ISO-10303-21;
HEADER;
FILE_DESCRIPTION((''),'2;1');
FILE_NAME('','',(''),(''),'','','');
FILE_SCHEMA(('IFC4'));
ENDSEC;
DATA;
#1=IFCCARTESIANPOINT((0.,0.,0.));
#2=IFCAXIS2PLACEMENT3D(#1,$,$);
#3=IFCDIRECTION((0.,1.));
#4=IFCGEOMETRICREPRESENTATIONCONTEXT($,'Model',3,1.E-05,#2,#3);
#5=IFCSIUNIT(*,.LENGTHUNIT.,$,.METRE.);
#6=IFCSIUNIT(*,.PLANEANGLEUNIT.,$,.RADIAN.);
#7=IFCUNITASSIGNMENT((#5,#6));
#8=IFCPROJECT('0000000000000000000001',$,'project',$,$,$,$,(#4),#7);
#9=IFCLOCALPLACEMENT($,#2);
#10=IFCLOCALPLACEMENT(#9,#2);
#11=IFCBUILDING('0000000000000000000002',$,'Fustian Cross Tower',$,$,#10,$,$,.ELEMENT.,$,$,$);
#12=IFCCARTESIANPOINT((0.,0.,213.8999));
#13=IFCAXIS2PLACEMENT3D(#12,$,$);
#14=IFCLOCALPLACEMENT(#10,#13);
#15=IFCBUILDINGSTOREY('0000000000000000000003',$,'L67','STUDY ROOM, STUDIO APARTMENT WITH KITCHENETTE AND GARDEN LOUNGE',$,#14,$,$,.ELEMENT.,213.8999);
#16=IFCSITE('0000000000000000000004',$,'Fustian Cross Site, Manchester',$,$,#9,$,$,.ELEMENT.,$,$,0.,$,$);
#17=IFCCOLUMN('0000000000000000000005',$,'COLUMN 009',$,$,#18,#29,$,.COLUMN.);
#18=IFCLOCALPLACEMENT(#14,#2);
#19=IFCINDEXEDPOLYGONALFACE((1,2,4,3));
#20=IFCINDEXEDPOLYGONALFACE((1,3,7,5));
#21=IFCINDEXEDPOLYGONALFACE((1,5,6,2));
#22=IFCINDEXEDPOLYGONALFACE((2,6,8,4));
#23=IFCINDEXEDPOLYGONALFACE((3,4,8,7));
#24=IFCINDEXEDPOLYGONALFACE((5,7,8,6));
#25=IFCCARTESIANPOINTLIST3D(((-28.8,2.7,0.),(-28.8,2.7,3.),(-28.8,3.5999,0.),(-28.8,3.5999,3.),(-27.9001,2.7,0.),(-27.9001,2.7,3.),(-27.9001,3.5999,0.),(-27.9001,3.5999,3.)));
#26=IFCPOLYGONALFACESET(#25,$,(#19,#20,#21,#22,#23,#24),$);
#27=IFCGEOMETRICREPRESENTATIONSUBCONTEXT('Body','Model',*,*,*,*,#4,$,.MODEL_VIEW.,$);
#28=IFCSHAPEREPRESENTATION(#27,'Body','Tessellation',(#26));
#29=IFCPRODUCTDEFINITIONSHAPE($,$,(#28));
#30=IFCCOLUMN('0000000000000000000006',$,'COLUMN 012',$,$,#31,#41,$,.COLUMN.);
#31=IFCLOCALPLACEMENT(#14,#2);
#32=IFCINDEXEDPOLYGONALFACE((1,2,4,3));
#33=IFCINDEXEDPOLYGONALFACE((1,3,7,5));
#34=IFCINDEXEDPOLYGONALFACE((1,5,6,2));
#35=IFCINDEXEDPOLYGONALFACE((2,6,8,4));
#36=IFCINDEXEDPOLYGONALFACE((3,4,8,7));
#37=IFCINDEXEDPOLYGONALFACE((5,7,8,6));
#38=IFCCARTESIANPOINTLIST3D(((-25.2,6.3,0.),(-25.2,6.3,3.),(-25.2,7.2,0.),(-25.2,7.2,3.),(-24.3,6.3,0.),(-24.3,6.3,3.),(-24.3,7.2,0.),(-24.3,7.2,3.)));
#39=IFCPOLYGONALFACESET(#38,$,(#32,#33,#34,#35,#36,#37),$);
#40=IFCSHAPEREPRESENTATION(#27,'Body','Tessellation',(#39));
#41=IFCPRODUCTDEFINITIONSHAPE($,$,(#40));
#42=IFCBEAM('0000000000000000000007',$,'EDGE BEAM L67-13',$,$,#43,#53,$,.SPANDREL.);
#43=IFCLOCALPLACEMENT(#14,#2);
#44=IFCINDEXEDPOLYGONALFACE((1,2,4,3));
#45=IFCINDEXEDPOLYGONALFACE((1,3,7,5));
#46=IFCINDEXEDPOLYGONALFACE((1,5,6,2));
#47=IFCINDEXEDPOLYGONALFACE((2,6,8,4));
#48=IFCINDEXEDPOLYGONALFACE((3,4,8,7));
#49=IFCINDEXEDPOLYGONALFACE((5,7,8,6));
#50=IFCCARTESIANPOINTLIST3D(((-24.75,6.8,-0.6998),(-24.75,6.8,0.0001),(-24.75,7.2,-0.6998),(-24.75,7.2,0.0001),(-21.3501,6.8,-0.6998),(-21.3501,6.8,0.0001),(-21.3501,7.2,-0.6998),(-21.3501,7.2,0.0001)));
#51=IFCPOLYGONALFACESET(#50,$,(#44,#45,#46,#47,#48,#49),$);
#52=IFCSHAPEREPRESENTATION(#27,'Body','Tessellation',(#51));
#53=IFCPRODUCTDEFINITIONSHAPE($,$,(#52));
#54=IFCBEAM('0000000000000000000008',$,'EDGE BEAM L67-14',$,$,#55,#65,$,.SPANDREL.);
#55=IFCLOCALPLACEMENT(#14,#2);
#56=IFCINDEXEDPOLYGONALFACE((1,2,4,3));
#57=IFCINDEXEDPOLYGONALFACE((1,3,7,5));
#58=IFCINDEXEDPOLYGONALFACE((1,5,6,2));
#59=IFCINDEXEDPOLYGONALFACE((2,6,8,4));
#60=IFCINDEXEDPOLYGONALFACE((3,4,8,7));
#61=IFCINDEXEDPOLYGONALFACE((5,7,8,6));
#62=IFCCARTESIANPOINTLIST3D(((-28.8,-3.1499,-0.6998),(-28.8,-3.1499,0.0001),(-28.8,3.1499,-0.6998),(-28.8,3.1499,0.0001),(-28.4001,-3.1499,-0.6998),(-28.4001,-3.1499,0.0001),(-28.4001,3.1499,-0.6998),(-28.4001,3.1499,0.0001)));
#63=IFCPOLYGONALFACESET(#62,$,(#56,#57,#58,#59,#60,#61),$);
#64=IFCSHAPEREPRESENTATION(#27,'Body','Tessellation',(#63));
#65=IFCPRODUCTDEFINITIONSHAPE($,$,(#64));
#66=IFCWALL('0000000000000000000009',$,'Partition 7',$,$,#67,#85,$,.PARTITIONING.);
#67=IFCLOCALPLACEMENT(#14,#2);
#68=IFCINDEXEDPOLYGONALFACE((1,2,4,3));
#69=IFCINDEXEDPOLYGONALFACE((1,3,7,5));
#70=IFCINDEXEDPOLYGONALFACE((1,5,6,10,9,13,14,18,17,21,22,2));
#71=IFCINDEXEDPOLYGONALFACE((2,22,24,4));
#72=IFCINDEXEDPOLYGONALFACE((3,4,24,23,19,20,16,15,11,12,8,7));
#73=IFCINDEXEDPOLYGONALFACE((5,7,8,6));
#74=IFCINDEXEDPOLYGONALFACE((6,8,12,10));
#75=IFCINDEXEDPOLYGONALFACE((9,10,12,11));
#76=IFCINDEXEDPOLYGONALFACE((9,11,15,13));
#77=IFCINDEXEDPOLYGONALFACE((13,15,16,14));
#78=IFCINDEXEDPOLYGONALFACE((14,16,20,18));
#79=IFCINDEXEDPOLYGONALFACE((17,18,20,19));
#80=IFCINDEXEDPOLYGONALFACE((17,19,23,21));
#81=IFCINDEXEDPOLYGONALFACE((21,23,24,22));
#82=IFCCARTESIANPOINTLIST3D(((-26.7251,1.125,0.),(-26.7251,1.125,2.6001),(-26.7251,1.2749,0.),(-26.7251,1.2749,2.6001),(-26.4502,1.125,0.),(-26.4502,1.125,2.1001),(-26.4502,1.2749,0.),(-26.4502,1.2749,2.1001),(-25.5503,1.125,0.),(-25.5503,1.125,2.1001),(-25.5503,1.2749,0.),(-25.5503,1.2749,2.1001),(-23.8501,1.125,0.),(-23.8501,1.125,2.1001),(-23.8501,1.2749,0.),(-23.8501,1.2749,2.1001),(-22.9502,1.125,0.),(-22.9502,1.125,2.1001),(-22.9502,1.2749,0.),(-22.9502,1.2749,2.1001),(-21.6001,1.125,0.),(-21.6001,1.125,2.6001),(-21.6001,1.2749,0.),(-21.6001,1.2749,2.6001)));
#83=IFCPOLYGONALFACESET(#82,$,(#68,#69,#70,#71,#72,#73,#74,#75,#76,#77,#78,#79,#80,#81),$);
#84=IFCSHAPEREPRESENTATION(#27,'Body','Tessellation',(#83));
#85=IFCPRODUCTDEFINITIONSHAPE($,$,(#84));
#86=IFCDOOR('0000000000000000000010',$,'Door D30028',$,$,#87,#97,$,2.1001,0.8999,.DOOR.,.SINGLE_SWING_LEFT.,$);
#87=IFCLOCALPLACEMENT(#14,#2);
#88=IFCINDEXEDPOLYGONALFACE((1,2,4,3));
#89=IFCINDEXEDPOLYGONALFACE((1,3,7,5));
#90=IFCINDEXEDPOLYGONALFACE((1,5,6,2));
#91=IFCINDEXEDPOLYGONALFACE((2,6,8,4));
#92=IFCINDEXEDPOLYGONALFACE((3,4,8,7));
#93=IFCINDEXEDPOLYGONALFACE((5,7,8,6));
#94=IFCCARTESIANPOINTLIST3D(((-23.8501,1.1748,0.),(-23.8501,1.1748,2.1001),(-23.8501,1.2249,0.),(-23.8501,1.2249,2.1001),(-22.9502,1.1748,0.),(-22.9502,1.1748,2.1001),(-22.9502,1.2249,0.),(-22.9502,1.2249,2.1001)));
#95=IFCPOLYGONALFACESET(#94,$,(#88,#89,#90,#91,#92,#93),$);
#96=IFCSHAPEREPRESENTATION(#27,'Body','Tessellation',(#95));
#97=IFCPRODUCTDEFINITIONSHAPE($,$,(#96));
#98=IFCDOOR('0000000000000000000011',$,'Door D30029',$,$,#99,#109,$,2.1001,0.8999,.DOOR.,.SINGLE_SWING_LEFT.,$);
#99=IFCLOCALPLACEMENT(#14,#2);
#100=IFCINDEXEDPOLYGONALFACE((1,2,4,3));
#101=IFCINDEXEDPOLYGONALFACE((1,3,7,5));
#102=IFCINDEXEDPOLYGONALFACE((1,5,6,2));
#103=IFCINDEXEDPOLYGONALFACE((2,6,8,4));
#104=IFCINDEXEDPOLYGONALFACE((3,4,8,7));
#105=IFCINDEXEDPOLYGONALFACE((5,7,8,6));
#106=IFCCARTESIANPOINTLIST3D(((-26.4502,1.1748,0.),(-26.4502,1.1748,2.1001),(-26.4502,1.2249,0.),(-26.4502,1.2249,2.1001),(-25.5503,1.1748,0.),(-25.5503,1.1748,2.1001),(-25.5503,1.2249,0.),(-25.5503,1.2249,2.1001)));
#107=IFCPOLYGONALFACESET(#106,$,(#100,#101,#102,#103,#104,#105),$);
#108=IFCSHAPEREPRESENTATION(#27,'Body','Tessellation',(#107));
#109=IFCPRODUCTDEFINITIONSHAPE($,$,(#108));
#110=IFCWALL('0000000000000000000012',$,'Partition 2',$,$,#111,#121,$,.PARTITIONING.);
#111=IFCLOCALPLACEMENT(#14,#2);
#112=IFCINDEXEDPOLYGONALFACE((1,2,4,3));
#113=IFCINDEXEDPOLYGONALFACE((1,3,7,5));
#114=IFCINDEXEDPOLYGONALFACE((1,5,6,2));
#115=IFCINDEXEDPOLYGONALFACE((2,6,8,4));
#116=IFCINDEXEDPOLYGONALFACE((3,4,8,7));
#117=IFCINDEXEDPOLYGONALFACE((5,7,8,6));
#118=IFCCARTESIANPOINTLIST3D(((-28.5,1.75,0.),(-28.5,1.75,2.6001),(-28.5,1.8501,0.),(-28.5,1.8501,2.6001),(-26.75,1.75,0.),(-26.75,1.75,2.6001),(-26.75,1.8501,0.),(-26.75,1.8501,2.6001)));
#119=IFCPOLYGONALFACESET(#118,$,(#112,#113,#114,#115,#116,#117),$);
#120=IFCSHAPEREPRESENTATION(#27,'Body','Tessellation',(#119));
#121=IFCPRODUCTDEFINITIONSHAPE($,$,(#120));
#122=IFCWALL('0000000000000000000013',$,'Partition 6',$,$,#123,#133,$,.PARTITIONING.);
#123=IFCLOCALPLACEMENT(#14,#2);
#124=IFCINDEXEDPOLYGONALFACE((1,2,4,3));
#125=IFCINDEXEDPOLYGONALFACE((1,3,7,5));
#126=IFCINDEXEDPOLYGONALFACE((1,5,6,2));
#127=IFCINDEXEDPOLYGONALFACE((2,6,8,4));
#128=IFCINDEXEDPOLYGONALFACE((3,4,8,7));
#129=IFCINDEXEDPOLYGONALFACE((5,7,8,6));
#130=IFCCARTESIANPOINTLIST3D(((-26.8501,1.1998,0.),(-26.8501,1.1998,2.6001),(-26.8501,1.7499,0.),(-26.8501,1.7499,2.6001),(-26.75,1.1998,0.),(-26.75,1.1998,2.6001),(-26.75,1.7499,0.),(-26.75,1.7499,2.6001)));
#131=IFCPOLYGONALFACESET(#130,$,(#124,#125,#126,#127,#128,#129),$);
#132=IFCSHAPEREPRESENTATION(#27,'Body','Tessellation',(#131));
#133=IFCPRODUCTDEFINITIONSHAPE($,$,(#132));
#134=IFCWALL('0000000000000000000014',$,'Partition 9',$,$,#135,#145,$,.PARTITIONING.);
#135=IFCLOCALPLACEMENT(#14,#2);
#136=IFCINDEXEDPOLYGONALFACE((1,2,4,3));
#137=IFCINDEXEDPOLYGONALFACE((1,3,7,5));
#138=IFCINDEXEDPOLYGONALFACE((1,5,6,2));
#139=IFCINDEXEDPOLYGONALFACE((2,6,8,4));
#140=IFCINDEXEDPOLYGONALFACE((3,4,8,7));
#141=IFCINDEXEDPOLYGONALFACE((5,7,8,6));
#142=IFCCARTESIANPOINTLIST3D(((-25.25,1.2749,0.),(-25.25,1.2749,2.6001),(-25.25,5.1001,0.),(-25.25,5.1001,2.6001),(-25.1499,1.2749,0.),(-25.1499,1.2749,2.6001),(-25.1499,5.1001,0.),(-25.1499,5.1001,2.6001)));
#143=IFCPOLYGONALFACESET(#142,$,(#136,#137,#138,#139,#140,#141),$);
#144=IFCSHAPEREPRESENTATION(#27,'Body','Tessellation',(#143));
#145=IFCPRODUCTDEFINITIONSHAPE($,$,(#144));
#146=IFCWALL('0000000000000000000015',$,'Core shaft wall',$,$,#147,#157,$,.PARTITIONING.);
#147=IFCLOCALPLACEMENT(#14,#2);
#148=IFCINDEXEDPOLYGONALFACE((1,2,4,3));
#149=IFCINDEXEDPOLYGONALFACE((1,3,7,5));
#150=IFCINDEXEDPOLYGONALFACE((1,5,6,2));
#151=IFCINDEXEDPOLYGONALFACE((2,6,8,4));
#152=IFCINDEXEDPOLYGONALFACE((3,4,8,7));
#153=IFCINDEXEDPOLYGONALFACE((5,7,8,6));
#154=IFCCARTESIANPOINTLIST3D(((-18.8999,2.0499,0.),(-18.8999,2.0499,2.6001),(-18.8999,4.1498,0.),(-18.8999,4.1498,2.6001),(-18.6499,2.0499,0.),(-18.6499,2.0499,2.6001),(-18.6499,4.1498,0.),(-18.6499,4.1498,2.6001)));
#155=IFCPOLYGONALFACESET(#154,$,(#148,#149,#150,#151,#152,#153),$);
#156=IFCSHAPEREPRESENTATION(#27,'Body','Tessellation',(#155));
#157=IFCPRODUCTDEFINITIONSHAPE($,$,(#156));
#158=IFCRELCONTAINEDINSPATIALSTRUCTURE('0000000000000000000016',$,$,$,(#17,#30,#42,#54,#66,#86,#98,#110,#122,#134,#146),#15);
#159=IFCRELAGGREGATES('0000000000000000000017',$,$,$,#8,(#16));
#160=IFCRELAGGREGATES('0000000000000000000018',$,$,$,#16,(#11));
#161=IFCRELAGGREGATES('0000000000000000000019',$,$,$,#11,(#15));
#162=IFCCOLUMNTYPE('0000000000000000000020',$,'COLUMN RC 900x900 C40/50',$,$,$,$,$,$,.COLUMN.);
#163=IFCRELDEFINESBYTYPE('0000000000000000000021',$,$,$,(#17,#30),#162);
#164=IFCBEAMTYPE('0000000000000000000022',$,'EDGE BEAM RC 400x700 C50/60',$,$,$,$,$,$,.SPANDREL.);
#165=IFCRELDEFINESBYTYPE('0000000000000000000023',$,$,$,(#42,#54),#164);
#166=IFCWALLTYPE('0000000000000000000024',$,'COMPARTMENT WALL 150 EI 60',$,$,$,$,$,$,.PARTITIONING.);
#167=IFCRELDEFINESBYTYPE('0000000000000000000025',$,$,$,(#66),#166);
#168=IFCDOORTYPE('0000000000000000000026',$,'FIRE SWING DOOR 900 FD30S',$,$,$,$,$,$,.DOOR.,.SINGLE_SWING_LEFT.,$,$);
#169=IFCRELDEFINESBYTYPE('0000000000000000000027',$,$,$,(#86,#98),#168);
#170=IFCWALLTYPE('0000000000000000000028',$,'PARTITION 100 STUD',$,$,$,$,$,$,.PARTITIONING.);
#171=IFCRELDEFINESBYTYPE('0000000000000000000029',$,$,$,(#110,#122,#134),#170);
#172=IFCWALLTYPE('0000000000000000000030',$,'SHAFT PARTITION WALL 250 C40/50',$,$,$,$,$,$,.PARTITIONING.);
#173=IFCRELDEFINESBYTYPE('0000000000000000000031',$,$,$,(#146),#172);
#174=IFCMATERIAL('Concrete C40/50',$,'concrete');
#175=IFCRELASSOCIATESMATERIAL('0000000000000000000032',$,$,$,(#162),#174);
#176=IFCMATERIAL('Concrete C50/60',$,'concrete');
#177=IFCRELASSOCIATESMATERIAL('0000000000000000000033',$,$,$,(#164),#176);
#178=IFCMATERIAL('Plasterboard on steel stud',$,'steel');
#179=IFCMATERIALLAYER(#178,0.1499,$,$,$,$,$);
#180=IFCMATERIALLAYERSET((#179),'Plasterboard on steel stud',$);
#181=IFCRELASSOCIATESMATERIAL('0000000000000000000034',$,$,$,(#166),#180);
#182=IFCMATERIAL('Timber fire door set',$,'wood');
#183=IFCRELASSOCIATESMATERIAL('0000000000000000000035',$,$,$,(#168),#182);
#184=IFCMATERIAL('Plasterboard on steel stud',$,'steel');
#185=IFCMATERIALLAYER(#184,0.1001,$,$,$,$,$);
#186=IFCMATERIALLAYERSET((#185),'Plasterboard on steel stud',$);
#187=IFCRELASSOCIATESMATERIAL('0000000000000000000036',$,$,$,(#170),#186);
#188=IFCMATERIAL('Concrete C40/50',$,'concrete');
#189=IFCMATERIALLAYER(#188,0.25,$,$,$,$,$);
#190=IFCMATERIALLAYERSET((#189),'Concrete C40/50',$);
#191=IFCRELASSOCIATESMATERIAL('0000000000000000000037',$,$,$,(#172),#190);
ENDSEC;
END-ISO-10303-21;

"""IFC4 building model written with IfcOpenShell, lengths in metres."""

from ifc_helpers import new_model, si_unit, direction, frame, frame_2d, origin, origin_2d, place, context, subcontext, project, spatial, rectangle, extrude, material, layer, layer_set, material_profile, profile_set, type_object, element, fill, save


model = new_model("IFC4")

# Units and contexts
model_context = context("Model", 3, precision=1e-05, world=origin(), true_north=direction((0.0, 1.0)))
body_context = subcontext(model_context, "Body", "Model", "MODEL_VIEW")
ifc_project = project(units=[si_unit("LENGTHUNIT", "METRE"), si_unit("PLANEANGLEUNIT", "RADIAN")], contexts=[model_context])

# Site, building, storey
site_placement = place(None, origin())
site = spatial("IfcSite", under=ifc_project, at=site_placement, Name="Fustian Cross Site, Manchester", CompositionType="ELEMENT", RefElevation=0.0)
building_placement = place(site_placement, origin())
building = spatial("IfcBuilding", under=site, at=building_placement, Name="Fustian Cross Tower", CompositionType="ELEMENT")
storey_placement = place(building_placement, frame((0.0, 0.0, 213.8999)))
storey = spatial("IfcBuildingStorey", under=building, at=storey_placement, Name="L67", Description="STUDY ROOM, STUDIO APARTMENT WITH KITCHENETTE AND GARDEN LOUNGE", CompositionType="ELEMENT", Elevation=213.8999)

# Columns
ifc_material_1 = material(Name="Concrete C40/50", Category="concrete")
ifc_material_profile_1 = material_profile(ifc_material_1, rectangle(XDim=0.8999, YDim=0.8999, at=origin_2d()), Name="RC 900x900")
ifc_profile_set_1 = profile_set([ifc_material_profile_1], Name="Concrete C40/50")
column_type = type_object("IfcColumnType", Name="COLUMN RC 900x900 C40/50", PredefinedType="COLUMN", material=ifc_profile_set_1)
for number, where, z_axis, x_axis, name in (
    (1, (-28.3501, 3.1499, 0.0), (0.0, 0.0, 1.0), (1.0, 0.0, 0.0), "COLUMN 009"),
    (2, (-24.75, 6.75, 0.0), (0.0, 0.0, 1.0), (1.0, 0.0, 0.0), "COLUMN 012"),
):
    element("IfcColumn", number, at=place(storey_placement, frame(where, z_axis=z_axis, x_axis=x_axis)), inside=storey, type_object=column_type, Name=name, PredefinedType="COLUMN", context=body_context, shape_type="SweptSolid", body=[
        extrude(rectangle(XDim=0.8999, YDim=0.8999, at=origin_2d()), origin(), (0.0, 0.0, 1.0), 3.0),
    ])

# Beams
ifc_material_2 = material(Name="Concrete C50/60", Category="concrete")
ifc_material_profile_2 = material_profile(ifc_material_2, rectangle(XDim=0.3999, YDim=0.7, at=origin_2d()), Name="RC 400x700")
ifc_profile_set_2 = profile_set([ifc_material_profile_2], Name="Concrete C50/60")
beam_type = type_object("IfcBeamType", Name="EDGE BEAM RC 400x700 C50/60", PredefinedType="SPANDREL", material=ifc_profile_set_2)
beam_1_placement = place(storey_placement, frame((-21.3501, 7.0, -0.3499), z_axis=(-1.0, 0.0, 0.0), x_axis=(0.0, -1.0, 0.0)))
element("IfcBeam", 3, at=beam_1_placement, inside=storey, type_object=beam_type, Name="EDGE BEAM L67-13", PredefinedType="SPANDREL", context=body_context, shape_type="SweptSolid", body=[
    extrude(rectangle(XDim=0.3999, YDim=0.7, at=origin_2d()), origin(), (0.0, 0.0, 1.0), 3.3999),
])
beam_2_placement = place(storey_placement, frame((-28.6001, 3.1499, -0.3499), z_axis=(0.0, -1.0, 0.0), x_axis=(1.0, 0.0, 0.0)))
element("IfcBeam", 4, at=beam_2_placement, inside=storey, type_object=beam_type, Name="EDGE BEAM L67-14", PredefinedType="SPANDREL", context=body_context, shape_type="SweptSolid", body=[
    extrude(rectangle(XDim=0.3999, YDim=0.7, at=origin_2d()), origin(), (0.0, 0.0, 1.0), 6.2998),
])

# Wall, openings, doors
ifc_material_3 = material(Name="Plasterboard on steel stud", Category="steel")
ifc_layer_1 = layer(ifc_material_3, 0.1499)
ifc_layer_set_1 = layer_set([ifc_layer_1], Name="Plasterboard on steel stud")
wall_type_1 = type_object("IfcWallType", Name="COMPARTMENT WALL 150 EI 60", PredefinedType="PARTITIONING", material=ifc_layer_set_1)
wall_1_placement = place(storey_placement, frame((-26.7251, 1.2, 0.0), z_axis=(0.0, 0.0, 1.0), x_axis=(1.0, 0.0, 0.0)))
wall_1 = element("IfcWall", 5, at=wall_1_placement, inside=storey, type_object=wall_type_1, Name="Partition 7", PredefinedType="PARTITIONING", context=body_context, shape_type="SweptSolid", body=[
    extrude(rectangle(XDim=5.125, YDim=0.1499, at=frame_2d((2.5625, 0.0))), origin(), (0.0, 0.0, 1.0), 2.6001),
])
opening_1_placement = place(wall_1_placement, frame((2.875, 0.0, 0.0)))
opening_1 = element("IfcOpeningElement", 6, at=opening_1_placement, cuts=wall_1, PredefinedType="OPENING", context=body_context, shape_type="SweptSolid", body=[
    extrude(rectangle(XDim=0.8999, YDim=2.1001, at=frame_2d((0.45, 1.05))), frame((0.0, 0.085, 0.0), z_axis=(0.0, -1.0, 0.0), x_axis=(1.0, 0.0, 0.0)), (0.0, 0.0, 1.0), 0.1699),
])
opening_2_placement = place(wall_1_placement, frame((0.2749, 0.0, 0.0)))
opening_2 = element("IfcOpeningElement", 7, at=opening_2_placement, cuts=wall_1, PredefinedType="OPENING", context=body_context, shape_type="SweptSolid", body=[
    extrude(rectangle(XDim=0.8999, YDim=2.1001, at=frame_2d((0.45, 1.05))), frame((0.0, 0.085, 0.0), z_axis=(0.0, -1.0, 0.0), x_axis=(1.0, 0.0, 0.0)), (0.0, 0.0, 1.0), 0.1699),
])
ifc_material_4 = material(Name="Timber fire door set", Category="wood")
door_type = type_object("IfcDoorType", Name="FIRE SWING DOOR 900 FD30S", OperationType="SINGLE_SWING_LEFT", PredefinedType="DOOR", material=ifc_material_4)
door_1_placement = place(opening_1_placement, origin())
door_1 = element("IfcDoor", 8, at=door_1_placement, inside=storey, type_object=door_type, Name="Door D30028", OperationType="SINGLE_SWING_LEFT", OverallHeight=2.1001, OverallWidth=0.8999, PredefinedType="DOOR", context=body_context, shape_type="SweptSolid", body=[
    extrude(rectangle(XDim=0.8999, YDim=2.1001, at=frame_2d((0.45, 1.05))), frame((0.0, 0.0249, 0.0), z_axis=(0.0, -1.0, 0.0), x_axis=(1.0, 0.0, 0.0)), (0.0, 0.0, 1.0), 0.05),
])
fill(opening_1, door_1)
door_2_placement = place(opening_2_placement, origin())
door_2 = element("IfcDoor", 9, at=door_2_placement, inside=storey, type_object=door_type, Name="Door D30029", OperationType="SINGLE_SWING_LEFT", OverallHeight=2.1001, OverallWidth=0.8999, PredefinedType="DOOR", context=body_context, shape_type="SweptSolid", body=[
    extrude(rectangle(XDim=0.8999, YDim=2.1001, at=frame_2d((0.45, 1.05))), frame((0.0, 0.0249, 0.0), z_axis=(0.0, -1.0, 0.0), x_axis=(1.0, 0.0, 0.0)), (0.0, 0.0, 1.0), 0.05),
])
fill(opening_2, door_2)

# Walls
ifc_material_5 = material(Name="Plasterboard on steel stud", Category="steel")
ifc_layer_2 = layer(ifc_material_5, 0.1001)
ifc_layer_set_2 = layer_set([ifc_layer_2], Name="Plasterboard on steel stud")
wall_type_2 = type_object("IfcWallType", Name="PARTITION 100 STUD", PredefinedType="PARTITIONING", material=ifc_layer_set_2)
wall_2_placement = place(storey_placement, frame((-28.5, 1.8, 0.0), z_axis=(0.0, 0.0, 1.0), x_axis=(1.0, 0.0, 0.0)))
element("IfcWall", 10, at=wall_2_placement, inside=storey, type_object=wall_type_2, Name="Partition 2", PredefinedType="PARTITIONING", context=body_context, shape_type="SweptSolid", body=[
    extrude(rectangle(XDim=1.75, YDim=0.1001, at=frame_2d((0.875, 0.0))), origin(), (0.0, 0.0, 1.0), 2.6001),
])
wall_3_placement = place(storey_placement, frame((-26.8, 1.2, 0.0), z_axis=(0.0, 0.0, 1.0), x_axis=(0.0, 1.0, 0.0)))
element("IfcWall", 11, at=wall_3_placement, inside=storey, type_object=wall_type_2, Name="Partition 6", PredefinedType="PARTITIONING", context=body_context, shape_type="SweptSolid", body=[
    extrude(rectangle(XDim=0.55, YDim=0.1001, at=frame_2d((0.2749, 0.0))), origin(), (0.0, 0.0, 1.0), 2.6001),
])
wall_4_placement = place(storey_placement, frame((-25.2, 1.2749, 0.0), z_axis=(0.0, 0.0, 1.0), x_axis=(0.0, 1.0, 0.0)))
element("IfcWall", 12, at=wall_4_placement, inside=storey, type_object=wall_type_2, Name="Partition 9", PredefinedType="PARTITIONING", context=body_context, shape_type="SweptSolid", body=[
    extrude(rectangle(XDim=3.8252, YDim=0.1001, at=frame_2d((1.9126, 0.0))), origin(), (0.0, 0.0, 1.0), 2.6001),
])
ifc_material_6 = material(Name="Concrete C40/50", Category="concrete")
ifc_layer_3 = layer(ifc_material_6, 0.25)
ifc_layer_set_3 = layer_set([ifc_layer_3], Name="Concrete C40/50")
wall_type_3 = type_object("IfcWallType", Name="SHAFT PARTITION WALL 250 C40/50", PredefinedType="PARTITIONING", material=ifc_layer_set_3)
wall_5_placement = place(storey_placement, frame((-18.7749, 2.05, 0.0), z_axis=(0.0, 0.0, 1.0), x_axis=(0.0, 1.0, 0.0)))
element("IfcWall", 13, at=wall_5_placement, inside=storey, type_object=wall_type_3, Name="Core shaft wall", PredefinedType="PARTITIONING", context=body_context, shape_type="SweptSolid", body=[
    extrude(rectangle(XDim=2.0999, YDim=0.25, at=frame_2d((1.0498, 0.0))), origin(), (0.0, 0.0, 1.0), 2.6001),
])

save(model, "model.ifc")
